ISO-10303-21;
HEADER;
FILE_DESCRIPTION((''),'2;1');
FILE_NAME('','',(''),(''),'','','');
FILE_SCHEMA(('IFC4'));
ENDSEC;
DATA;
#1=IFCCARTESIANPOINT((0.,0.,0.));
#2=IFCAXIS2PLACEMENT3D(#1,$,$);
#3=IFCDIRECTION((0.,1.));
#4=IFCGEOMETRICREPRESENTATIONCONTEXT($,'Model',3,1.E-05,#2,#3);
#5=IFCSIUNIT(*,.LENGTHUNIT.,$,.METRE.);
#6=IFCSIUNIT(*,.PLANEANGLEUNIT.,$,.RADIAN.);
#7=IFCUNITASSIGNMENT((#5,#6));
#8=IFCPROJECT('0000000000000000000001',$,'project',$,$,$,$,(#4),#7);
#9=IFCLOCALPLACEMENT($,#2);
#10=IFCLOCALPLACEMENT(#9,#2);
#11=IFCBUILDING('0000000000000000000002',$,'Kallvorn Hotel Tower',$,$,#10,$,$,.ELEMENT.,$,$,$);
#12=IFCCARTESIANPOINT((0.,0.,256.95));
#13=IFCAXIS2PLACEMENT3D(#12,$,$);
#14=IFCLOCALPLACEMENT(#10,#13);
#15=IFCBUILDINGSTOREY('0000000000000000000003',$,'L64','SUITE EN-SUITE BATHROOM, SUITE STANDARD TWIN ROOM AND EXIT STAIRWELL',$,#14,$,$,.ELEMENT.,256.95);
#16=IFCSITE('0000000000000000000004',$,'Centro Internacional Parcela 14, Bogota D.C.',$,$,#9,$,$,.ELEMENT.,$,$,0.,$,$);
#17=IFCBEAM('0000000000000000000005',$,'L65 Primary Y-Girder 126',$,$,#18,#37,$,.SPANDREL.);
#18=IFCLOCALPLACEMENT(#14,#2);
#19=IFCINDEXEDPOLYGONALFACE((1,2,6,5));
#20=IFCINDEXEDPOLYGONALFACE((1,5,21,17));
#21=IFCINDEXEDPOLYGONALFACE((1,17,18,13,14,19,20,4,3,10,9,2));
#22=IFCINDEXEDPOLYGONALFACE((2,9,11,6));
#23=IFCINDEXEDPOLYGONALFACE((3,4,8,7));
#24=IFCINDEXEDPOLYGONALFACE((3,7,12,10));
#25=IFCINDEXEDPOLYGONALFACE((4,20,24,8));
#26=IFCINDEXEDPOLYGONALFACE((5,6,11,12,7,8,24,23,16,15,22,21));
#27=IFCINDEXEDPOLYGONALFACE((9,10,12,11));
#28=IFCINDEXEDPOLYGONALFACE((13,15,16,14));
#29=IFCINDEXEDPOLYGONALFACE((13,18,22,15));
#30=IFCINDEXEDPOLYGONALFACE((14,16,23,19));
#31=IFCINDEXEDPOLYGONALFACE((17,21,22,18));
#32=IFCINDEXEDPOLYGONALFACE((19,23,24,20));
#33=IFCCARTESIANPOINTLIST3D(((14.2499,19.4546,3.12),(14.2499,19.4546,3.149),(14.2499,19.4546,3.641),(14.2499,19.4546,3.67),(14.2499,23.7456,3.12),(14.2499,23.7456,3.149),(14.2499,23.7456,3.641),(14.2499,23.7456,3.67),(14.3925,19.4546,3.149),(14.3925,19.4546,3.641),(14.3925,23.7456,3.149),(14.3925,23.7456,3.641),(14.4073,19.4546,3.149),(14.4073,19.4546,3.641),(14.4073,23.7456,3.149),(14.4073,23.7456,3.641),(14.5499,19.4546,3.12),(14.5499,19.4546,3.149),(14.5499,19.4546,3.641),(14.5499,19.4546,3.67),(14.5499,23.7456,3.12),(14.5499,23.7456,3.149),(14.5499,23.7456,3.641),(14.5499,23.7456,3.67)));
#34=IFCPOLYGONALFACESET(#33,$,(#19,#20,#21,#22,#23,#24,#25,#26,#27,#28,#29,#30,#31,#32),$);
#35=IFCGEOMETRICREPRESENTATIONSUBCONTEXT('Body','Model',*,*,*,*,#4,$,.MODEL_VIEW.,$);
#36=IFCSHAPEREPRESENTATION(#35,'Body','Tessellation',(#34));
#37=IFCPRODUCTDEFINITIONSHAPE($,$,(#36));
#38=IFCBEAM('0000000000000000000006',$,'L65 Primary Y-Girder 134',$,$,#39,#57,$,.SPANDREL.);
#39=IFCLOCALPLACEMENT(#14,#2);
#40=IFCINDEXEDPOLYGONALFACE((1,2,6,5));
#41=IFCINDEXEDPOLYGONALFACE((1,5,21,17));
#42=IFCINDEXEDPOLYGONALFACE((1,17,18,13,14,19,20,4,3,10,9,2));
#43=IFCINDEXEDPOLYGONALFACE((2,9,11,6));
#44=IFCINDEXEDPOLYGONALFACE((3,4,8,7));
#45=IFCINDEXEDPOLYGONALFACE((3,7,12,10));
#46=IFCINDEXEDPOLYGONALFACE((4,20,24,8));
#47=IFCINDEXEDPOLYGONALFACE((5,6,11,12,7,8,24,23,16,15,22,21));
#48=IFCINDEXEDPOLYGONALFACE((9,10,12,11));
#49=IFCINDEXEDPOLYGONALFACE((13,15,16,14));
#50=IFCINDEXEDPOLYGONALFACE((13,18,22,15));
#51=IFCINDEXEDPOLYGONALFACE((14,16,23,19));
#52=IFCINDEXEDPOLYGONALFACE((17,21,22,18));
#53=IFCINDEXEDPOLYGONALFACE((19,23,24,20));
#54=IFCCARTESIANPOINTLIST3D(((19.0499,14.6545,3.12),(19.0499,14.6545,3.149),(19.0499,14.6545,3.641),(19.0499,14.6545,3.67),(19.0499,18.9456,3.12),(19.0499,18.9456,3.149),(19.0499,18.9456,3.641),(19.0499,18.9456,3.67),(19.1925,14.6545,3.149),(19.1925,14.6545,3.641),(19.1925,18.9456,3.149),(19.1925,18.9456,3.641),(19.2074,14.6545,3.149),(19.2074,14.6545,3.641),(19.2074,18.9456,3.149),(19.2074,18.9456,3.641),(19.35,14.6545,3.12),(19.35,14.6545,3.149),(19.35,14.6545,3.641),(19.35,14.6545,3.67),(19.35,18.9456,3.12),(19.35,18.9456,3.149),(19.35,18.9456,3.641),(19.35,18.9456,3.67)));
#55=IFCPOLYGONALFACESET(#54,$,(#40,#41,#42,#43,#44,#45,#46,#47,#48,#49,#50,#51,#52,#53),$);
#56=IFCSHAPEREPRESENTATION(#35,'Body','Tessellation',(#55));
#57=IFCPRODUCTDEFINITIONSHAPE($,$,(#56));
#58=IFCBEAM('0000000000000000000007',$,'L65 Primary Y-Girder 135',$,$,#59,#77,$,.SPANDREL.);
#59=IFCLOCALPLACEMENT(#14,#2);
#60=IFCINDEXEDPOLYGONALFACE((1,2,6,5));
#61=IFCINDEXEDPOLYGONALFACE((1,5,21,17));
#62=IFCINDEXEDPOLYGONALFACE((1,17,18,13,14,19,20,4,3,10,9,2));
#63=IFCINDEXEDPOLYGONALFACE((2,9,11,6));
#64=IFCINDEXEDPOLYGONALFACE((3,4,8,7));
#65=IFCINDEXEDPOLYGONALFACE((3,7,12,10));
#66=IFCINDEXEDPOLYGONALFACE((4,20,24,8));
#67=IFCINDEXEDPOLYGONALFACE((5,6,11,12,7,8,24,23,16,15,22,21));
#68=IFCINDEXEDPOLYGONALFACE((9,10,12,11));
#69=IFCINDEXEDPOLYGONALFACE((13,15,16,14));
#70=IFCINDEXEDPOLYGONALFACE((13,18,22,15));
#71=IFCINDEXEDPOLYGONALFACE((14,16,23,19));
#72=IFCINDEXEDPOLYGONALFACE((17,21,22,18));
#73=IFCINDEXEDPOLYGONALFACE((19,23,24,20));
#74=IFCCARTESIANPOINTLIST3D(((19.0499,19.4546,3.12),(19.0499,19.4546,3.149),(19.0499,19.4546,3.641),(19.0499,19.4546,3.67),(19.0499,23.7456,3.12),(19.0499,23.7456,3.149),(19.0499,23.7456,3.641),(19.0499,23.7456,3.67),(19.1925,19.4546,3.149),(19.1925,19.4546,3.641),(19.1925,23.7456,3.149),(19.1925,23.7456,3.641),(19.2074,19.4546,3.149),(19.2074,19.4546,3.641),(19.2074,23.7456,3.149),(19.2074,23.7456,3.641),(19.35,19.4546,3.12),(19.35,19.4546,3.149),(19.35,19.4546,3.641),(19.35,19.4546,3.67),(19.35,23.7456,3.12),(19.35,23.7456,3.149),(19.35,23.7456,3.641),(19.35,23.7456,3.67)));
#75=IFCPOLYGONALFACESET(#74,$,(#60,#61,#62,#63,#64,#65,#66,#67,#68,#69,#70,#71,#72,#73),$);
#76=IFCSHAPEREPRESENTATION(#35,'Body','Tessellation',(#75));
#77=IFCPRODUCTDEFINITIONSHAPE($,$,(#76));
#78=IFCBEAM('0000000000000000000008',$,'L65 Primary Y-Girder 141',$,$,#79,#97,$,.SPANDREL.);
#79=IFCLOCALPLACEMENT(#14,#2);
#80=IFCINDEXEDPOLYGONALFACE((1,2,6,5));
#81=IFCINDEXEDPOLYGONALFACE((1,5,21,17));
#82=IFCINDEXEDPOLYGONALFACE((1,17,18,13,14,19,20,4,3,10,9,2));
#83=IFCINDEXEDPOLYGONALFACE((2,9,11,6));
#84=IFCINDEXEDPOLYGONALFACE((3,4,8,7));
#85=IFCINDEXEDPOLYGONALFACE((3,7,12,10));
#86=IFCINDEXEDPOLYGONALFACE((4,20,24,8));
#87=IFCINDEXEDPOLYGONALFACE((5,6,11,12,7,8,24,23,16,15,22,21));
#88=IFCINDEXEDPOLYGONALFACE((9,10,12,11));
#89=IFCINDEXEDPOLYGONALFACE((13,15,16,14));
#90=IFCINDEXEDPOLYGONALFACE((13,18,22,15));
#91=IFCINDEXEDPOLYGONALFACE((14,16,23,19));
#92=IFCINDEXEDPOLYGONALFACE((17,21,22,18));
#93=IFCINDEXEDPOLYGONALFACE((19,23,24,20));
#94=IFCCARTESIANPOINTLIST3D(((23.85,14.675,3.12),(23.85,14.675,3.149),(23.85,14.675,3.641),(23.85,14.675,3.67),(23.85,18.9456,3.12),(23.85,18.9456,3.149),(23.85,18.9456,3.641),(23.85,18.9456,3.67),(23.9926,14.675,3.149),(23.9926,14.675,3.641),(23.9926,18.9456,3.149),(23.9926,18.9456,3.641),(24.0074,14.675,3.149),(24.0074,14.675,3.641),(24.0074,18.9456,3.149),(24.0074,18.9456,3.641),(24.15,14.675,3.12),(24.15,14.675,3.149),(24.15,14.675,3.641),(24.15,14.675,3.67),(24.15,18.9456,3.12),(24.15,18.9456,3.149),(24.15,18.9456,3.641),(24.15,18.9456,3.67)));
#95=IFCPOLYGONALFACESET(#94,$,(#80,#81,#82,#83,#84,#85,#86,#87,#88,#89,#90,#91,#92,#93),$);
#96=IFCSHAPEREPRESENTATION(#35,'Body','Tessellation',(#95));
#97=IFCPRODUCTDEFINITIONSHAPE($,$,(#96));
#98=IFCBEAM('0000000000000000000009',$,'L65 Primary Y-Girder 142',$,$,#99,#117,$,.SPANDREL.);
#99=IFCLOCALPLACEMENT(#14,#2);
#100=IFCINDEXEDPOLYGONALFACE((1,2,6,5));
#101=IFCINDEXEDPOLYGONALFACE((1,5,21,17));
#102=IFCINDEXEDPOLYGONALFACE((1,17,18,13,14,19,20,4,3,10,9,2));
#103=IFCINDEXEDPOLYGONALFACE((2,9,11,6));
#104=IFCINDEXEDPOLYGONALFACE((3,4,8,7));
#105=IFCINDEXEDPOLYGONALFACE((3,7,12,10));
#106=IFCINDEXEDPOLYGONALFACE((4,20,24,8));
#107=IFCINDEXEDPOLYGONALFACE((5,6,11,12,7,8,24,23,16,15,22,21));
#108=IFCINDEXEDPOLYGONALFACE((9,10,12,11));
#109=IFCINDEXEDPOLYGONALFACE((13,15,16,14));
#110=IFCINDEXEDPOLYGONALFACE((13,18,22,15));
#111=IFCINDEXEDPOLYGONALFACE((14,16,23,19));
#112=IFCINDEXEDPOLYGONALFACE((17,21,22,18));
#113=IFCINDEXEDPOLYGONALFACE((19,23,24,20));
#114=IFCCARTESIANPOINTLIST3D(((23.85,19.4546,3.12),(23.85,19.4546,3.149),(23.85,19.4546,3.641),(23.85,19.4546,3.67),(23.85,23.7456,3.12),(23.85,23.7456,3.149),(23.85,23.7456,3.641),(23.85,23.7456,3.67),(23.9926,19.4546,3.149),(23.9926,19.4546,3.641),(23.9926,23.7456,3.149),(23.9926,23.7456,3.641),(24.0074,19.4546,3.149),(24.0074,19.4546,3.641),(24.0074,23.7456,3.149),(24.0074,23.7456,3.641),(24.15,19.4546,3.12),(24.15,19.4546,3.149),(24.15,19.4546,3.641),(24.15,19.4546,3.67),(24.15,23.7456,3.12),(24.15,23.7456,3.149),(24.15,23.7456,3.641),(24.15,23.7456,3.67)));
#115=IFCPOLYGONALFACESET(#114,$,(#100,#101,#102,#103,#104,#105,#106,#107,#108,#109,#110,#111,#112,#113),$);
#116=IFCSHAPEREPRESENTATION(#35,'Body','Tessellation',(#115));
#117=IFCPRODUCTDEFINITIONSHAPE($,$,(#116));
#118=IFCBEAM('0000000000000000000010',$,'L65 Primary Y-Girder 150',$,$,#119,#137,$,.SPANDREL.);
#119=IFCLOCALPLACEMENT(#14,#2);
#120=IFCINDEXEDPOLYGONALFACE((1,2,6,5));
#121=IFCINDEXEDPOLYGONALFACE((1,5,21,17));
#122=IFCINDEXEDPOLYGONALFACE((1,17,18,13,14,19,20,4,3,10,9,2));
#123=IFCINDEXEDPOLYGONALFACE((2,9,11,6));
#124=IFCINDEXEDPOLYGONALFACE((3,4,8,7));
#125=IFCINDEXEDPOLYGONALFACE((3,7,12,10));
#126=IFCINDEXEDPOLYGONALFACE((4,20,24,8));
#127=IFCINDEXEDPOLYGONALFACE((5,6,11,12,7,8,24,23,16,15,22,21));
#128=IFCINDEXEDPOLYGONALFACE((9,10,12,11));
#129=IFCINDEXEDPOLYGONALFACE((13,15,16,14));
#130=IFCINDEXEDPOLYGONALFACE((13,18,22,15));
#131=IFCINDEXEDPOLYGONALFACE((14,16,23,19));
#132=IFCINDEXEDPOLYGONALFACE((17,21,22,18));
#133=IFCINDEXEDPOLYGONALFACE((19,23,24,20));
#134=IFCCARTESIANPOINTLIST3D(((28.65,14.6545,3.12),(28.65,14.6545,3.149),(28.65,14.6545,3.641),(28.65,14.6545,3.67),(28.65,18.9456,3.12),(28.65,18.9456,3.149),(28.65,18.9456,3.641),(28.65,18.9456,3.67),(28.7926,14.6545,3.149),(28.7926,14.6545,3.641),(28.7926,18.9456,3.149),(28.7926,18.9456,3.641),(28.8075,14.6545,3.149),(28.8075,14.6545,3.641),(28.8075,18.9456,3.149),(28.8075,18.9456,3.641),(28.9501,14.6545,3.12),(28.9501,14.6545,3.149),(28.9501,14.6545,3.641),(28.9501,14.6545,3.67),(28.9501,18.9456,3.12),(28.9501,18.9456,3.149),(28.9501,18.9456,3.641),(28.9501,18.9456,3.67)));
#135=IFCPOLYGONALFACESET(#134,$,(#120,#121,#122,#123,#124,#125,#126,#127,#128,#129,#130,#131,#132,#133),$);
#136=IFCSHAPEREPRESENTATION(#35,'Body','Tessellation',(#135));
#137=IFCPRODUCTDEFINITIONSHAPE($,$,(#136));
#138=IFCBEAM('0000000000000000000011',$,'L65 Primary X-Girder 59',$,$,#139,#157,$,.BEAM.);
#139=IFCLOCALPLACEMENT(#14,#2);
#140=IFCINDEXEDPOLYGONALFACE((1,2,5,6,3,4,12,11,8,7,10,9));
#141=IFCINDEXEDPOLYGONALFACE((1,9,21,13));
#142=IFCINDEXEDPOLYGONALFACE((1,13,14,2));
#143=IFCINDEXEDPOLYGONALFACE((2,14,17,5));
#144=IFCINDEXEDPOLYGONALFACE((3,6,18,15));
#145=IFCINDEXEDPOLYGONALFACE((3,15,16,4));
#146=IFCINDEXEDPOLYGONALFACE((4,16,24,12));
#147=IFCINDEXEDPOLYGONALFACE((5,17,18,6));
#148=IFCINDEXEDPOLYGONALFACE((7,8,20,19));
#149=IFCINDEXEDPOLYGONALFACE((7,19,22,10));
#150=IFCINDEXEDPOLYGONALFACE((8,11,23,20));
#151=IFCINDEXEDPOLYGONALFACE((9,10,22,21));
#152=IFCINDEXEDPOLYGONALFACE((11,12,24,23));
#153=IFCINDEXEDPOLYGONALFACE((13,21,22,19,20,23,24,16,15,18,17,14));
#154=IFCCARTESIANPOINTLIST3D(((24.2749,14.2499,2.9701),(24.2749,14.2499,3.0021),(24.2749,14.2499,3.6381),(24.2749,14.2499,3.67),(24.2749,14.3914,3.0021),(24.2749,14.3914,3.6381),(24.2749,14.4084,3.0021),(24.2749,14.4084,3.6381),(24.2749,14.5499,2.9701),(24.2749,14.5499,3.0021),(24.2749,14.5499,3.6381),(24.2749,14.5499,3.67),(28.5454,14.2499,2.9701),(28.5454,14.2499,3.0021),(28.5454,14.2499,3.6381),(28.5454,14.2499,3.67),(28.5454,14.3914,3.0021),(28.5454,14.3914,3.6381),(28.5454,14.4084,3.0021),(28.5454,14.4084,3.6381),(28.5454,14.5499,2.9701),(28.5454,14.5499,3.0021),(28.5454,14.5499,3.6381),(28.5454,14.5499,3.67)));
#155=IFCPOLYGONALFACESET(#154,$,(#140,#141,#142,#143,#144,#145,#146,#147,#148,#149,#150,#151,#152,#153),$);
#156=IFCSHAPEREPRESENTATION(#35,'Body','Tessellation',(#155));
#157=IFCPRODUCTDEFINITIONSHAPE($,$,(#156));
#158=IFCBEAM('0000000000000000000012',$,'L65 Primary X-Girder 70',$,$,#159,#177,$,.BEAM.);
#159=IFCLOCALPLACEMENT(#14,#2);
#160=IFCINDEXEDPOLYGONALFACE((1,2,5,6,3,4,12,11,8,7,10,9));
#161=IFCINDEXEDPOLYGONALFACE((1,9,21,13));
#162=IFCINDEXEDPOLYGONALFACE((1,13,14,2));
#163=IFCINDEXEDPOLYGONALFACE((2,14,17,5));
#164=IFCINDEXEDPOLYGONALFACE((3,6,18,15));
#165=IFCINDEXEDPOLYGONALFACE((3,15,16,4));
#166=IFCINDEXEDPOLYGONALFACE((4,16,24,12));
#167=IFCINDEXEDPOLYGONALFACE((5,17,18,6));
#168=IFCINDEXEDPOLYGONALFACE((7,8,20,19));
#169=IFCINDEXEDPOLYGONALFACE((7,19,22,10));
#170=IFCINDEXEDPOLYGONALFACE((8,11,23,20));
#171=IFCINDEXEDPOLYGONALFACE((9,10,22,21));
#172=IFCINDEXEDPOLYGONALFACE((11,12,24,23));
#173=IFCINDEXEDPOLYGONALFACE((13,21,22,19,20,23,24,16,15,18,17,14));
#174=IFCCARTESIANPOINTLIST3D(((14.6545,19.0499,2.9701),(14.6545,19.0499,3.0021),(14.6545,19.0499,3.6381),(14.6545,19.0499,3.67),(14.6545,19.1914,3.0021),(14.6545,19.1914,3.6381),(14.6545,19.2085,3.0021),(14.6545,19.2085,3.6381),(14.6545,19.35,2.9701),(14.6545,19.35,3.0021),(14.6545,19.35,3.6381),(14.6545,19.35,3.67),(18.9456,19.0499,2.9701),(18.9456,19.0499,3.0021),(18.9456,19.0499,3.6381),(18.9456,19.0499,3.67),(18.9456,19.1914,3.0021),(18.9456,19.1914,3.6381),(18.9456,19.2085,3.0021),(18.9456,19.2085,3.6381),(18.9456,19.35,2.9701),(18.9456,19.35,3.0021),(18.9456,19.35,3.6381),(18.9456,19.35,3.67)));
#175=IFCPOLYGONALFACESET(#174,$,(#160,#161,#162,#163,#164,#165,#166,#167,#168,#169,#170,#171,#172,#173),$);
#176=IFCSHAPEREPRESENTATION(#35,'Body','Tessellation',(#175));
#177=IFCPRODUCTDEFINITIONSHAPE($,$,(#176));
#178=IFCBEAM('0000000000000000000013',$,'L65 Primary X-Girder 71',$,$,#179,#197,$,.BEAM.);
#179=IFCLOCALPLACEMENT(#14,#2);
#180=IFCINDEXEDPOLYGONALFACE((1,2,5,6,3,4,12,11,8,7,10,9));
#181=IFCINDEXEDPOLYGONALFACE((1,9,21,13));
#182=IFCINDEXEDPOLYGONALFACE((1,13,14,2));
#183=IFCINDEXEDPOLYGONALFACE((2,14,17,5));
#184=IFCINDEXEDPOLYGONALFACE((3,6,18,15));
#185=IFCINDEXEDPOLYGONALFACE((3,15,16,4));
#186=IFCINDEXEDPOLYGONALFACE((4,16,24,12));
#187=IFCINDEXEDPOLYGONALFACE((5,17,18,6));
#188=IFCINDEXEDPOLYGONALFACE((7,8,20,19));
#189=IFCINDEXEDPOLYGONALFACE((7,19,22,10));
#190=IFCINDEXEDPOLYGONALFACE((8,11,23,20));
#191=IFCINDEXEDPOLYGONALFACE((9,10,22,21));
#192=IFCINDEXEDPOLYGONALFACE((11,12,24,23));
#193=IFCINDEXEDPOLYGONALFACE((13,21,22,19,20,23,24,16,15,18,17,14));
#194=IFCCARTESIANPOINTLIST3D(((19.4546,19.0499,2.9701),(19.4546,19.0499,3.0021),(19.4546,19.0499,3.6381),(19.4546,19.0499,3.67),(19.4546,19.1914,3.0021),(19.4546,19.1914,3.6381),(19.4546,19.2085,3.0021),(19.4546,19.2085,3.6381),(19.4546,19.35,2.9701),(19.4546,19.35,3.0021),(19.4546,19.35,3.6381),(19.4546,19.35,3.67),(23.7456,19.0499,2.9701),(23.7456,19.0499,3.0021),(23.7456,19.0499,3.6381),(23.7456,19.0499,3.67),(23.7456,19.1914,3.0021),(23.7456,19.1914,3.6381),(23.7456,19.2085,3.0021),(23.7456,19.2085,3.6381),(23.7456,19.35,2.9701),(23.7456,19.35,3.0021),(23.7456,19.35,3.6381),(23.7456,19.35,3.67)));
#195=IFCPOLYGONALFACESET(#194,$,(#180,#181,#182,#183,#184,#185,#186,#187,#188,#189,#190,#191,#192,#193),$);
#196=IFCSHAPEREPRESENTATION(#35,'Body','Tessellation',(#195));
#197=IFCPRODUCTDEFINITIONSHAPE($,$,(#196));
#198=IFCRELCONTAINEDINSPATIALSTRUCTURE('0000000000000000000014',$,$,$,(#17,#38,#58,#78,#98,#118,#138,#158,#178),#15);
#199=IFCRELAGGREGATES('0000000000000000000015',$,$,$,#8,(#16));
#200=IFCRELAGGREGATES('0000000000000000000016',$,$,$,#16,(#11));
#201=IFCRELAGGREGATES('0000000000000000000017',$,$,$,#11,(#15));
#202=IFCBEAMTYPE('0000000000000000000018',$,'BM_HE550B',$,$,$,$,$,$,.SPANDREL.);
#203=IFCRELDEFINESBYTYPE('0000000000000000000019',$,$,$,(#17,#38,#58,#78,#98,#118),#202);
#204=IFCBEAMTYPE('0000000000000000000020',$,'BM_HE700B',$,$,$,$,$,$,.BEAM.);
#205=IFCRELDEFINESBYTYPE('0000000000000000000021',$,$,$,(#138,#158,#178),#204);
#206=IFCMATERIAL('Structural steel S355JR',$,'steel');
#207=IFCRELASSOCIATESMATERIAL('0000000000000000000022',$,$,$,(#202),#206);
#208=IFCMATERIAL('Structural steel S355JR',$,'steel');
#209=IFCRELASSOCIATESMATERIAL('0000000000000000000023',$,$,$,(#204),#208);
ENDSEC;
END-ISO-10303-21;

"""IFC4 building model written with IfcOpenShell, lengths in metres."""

from ifc_helpers import new_model, si_unit, direction, frame, origin, origin_2d, place, context, subcontext, project, spatial, i_section, extrude, material, material_profile, profile_set, type_object, element, save


model = new_model("IFC4")

# Units and contexts
model_context = context("Model", 3, precision=1e-05, world=origin(), true_north=direction((0.0, 1.0)))
body_context = subcontext(model_context, "Body", "Model", "MODEL_VIEW")
ifc_project = project(units=[si_unit("LENGTHUNIT", "METRE"), si_unit("PLANEANGLEUNIT", "RADIAN")], contexts=[model_context])

# Site, building, storey
site_placement = place(None, origin())
site = spatial("IfcSite", under=ifc_project, at=site_placement, Name="Centro Internacional Parcela 14, Bogota D.C.", CompositionType="ELEMENT", RefElevation=0.0)
building_placement = place(site_placement, origin())
building = spatial("IfcBuilding", under=site, at=building_placement, Name="Kallvorn Hotel Tower", CompositionType="ELEMENT")
storey_placement = place(building_placement, frame((0.0, 0.0, 256.95)))
storey = spatial("IfcBuildingStorey", under=building, at=storey_placement, Name="L64", Description="SUITE EN-SUITE BATHROOM, SUITE STANDARD TWIN ROOM AND EXIT STAIRWELL", CompositionType="ELEMENT", Elevation=256.95)

# Beams
ifc_material_1 = material(Name="Structural steel S355JR", Category="steel")
ifc_material_profile_1 = material_profile(ifc_material_1, i_section(OverallWidth=0.3, OverallDepth=0.55, WebThickness=0.0149, FlangeThickness=0.0291, at=origin_2d()), Name="HE 550 B")
ifc_profile_set_1 = profile_set([ifc_material_profile_1], Name="Structural steel S355JR")
beam_type_1 = type_object("IfcBeamType", Name="BM_HE550B", PredefinedType="SPANDREL", material=ifc_profile_set_1)
for number, where, z_axis, x_axis, name in (
    (1, (14.3999, 19.4546, 3.395), (0.0, 1.0, 0.0), (-1.0, 0.0, 0.0), "L65 Primary Y-Girder 126"),
    (2, (19.2, 14.6545, 3.395), (0.0, 1.0, 0.0), (-1.0, 0.0, 0.0), "L65 Primary Y-Girder 134"),
    (3, (19.2, 19.4546, 3.395), (0.0, 1.0, 0.0), (-1.0, 0.0, 0.0), "L65 Primary Y-Girder 135"),
):
    element("IfcBeam", number, at=place(storey_placement, frame(where, z_axis=z_axis, x_axis=x_axis)), inside=storey, type_object=beam_type_1, Name=name, PredefinedType="SPANDREL", context=body_context, shape_type="SweptSolid", body=[
        extrude(i_section(OverallWidth=0.3, OverallDepth=0.55, WebThickness=0.0149, FlangeThickness=0.0291, at=origin_2d()), origin(), (0.0, 0.0, 1.0), 4.291),
    ])
beam_1_placement = place(storey_placement, frame((24.0, 14.675, 3.395), z_axis=(0.0, 1.0, 0.0), x_axis=(-1.0, 0.0, 0.0)))
element("IfcBeam", 4, at=beam_1_placement, inside=storey, type_object=beam_type_1, Name="L65 Primary Y-Girder 141", PredefinedType="SPANDREL", context=body_context, shape_type="SweptSolid", body=[
    extrude(i_section(OverallWidth=0.3, OverallDepth=0.55, WebThickness=0.0149, FlangeThickness=0.0291, at=origin_2d()), origin(), (0.0, 0.0, 1.0), 4.2705),
])
for number, where, z_axis, x_axis, name in (
    (5, (24.0, 19.4546, 3.395), (0.0, 1.0, 0.0), (-1.0, 0.0, 0.0), "L65 Primary Y-Girder 142"),
    (6, (28.8, 14.6545, 3.395), (0.0, 1.0, 0.0), (-1.0, 0.0, 0.0), "L65 Primary Y-Girder 150"),
):
    element("IfcBeam", number, at=place(storey_placement, frame(where, z_axis=z_axis, x_axis=x_axis)), inside=storey, type_object=beam_type_1, Name=name, PredefinedType="SPANDREL", context=body_context, shape_type="SweptSolid", body=[
        extrude(i_section(OverallWidth=0.3, OverallDepth=0.55, WebThickness=0.0149, FlangeThickness=0.0291, at=origin_2d()), origin(), (0.0, 0.0, 1.0), 4.291),
    ])
ifc_material_2 = material(Name="Structural steel S355JR", Category="steel")
ifc_material_profile_2 = material_profile(ifc_material_2, i_section(OverallWidth=0.3, OverallDepth=0.7, WebThickness=0.0171, FlangeThickness=0.032, at=origin_2d()), Name="HE 700 B")
ifc_profile_set_2 = profile_set([ifc_material_profile_2], Name="Structural steel S355JR")
beam_type_2 = type_object("IfcBeamType", Name="BM_HE700B", PredefinedType="BEAM", material=ifc_profile_set_2)
beam_2_placement = place(storey_placement, frame((24.2749, 14.3999, 3.3201), z_axis=(1.0, 0.0, 0.0), x_axis=(0.0, 1.0, 0.0)))
element("IfcBeam", 7, at=beam_2_placement, inside=storey, type_object=beam_type_2, Name="L65 Primary X-Girder 59", PredefinedType="BEAM", context=body_context, shape_type="SweptSolid", body=[
    extrude(i_section(OverallWidth=0.3, OverallDepth=0.7, WebThickness=0.0171, FlangeThickness=0.032, at=origin_2d()), origin(), (0.0, 0.0, 1.0), 4.2705),
])
for number, where, z_axis, x_axis, name in (
    (8, (14.6545, 19.2, 3.3201), (1.0, 0.0, 0.0), (0.0, 1.0, 0.0), "L65 Primary X-Girder 70"),
    (9, (19.4546, 19.2, 3.3201), (1.0, 0.0, 0.0), (0.0, 1.0, 0.0), "L65 Primary X-Girder 71"),
):
    element("IfcBeam", number, at=place(storey_placement, frame(where, z_axis=z_axis, x_axis=x_axis)), inside=storey, type_object=beam_type_2, Name=name, PredefinedType="BEAM", context=body_context, shape_type="SweptSolid", body=[
        extrude(i_section(OverallWidth=0.3, OverallDepth=0.7, WebThickness=0.0171, FlangeThickness=0.032, at=origin_2d()), origin(), (0.0, 0.0, 1.0), 4.291),
    ])

save(model, "model.ifc")
